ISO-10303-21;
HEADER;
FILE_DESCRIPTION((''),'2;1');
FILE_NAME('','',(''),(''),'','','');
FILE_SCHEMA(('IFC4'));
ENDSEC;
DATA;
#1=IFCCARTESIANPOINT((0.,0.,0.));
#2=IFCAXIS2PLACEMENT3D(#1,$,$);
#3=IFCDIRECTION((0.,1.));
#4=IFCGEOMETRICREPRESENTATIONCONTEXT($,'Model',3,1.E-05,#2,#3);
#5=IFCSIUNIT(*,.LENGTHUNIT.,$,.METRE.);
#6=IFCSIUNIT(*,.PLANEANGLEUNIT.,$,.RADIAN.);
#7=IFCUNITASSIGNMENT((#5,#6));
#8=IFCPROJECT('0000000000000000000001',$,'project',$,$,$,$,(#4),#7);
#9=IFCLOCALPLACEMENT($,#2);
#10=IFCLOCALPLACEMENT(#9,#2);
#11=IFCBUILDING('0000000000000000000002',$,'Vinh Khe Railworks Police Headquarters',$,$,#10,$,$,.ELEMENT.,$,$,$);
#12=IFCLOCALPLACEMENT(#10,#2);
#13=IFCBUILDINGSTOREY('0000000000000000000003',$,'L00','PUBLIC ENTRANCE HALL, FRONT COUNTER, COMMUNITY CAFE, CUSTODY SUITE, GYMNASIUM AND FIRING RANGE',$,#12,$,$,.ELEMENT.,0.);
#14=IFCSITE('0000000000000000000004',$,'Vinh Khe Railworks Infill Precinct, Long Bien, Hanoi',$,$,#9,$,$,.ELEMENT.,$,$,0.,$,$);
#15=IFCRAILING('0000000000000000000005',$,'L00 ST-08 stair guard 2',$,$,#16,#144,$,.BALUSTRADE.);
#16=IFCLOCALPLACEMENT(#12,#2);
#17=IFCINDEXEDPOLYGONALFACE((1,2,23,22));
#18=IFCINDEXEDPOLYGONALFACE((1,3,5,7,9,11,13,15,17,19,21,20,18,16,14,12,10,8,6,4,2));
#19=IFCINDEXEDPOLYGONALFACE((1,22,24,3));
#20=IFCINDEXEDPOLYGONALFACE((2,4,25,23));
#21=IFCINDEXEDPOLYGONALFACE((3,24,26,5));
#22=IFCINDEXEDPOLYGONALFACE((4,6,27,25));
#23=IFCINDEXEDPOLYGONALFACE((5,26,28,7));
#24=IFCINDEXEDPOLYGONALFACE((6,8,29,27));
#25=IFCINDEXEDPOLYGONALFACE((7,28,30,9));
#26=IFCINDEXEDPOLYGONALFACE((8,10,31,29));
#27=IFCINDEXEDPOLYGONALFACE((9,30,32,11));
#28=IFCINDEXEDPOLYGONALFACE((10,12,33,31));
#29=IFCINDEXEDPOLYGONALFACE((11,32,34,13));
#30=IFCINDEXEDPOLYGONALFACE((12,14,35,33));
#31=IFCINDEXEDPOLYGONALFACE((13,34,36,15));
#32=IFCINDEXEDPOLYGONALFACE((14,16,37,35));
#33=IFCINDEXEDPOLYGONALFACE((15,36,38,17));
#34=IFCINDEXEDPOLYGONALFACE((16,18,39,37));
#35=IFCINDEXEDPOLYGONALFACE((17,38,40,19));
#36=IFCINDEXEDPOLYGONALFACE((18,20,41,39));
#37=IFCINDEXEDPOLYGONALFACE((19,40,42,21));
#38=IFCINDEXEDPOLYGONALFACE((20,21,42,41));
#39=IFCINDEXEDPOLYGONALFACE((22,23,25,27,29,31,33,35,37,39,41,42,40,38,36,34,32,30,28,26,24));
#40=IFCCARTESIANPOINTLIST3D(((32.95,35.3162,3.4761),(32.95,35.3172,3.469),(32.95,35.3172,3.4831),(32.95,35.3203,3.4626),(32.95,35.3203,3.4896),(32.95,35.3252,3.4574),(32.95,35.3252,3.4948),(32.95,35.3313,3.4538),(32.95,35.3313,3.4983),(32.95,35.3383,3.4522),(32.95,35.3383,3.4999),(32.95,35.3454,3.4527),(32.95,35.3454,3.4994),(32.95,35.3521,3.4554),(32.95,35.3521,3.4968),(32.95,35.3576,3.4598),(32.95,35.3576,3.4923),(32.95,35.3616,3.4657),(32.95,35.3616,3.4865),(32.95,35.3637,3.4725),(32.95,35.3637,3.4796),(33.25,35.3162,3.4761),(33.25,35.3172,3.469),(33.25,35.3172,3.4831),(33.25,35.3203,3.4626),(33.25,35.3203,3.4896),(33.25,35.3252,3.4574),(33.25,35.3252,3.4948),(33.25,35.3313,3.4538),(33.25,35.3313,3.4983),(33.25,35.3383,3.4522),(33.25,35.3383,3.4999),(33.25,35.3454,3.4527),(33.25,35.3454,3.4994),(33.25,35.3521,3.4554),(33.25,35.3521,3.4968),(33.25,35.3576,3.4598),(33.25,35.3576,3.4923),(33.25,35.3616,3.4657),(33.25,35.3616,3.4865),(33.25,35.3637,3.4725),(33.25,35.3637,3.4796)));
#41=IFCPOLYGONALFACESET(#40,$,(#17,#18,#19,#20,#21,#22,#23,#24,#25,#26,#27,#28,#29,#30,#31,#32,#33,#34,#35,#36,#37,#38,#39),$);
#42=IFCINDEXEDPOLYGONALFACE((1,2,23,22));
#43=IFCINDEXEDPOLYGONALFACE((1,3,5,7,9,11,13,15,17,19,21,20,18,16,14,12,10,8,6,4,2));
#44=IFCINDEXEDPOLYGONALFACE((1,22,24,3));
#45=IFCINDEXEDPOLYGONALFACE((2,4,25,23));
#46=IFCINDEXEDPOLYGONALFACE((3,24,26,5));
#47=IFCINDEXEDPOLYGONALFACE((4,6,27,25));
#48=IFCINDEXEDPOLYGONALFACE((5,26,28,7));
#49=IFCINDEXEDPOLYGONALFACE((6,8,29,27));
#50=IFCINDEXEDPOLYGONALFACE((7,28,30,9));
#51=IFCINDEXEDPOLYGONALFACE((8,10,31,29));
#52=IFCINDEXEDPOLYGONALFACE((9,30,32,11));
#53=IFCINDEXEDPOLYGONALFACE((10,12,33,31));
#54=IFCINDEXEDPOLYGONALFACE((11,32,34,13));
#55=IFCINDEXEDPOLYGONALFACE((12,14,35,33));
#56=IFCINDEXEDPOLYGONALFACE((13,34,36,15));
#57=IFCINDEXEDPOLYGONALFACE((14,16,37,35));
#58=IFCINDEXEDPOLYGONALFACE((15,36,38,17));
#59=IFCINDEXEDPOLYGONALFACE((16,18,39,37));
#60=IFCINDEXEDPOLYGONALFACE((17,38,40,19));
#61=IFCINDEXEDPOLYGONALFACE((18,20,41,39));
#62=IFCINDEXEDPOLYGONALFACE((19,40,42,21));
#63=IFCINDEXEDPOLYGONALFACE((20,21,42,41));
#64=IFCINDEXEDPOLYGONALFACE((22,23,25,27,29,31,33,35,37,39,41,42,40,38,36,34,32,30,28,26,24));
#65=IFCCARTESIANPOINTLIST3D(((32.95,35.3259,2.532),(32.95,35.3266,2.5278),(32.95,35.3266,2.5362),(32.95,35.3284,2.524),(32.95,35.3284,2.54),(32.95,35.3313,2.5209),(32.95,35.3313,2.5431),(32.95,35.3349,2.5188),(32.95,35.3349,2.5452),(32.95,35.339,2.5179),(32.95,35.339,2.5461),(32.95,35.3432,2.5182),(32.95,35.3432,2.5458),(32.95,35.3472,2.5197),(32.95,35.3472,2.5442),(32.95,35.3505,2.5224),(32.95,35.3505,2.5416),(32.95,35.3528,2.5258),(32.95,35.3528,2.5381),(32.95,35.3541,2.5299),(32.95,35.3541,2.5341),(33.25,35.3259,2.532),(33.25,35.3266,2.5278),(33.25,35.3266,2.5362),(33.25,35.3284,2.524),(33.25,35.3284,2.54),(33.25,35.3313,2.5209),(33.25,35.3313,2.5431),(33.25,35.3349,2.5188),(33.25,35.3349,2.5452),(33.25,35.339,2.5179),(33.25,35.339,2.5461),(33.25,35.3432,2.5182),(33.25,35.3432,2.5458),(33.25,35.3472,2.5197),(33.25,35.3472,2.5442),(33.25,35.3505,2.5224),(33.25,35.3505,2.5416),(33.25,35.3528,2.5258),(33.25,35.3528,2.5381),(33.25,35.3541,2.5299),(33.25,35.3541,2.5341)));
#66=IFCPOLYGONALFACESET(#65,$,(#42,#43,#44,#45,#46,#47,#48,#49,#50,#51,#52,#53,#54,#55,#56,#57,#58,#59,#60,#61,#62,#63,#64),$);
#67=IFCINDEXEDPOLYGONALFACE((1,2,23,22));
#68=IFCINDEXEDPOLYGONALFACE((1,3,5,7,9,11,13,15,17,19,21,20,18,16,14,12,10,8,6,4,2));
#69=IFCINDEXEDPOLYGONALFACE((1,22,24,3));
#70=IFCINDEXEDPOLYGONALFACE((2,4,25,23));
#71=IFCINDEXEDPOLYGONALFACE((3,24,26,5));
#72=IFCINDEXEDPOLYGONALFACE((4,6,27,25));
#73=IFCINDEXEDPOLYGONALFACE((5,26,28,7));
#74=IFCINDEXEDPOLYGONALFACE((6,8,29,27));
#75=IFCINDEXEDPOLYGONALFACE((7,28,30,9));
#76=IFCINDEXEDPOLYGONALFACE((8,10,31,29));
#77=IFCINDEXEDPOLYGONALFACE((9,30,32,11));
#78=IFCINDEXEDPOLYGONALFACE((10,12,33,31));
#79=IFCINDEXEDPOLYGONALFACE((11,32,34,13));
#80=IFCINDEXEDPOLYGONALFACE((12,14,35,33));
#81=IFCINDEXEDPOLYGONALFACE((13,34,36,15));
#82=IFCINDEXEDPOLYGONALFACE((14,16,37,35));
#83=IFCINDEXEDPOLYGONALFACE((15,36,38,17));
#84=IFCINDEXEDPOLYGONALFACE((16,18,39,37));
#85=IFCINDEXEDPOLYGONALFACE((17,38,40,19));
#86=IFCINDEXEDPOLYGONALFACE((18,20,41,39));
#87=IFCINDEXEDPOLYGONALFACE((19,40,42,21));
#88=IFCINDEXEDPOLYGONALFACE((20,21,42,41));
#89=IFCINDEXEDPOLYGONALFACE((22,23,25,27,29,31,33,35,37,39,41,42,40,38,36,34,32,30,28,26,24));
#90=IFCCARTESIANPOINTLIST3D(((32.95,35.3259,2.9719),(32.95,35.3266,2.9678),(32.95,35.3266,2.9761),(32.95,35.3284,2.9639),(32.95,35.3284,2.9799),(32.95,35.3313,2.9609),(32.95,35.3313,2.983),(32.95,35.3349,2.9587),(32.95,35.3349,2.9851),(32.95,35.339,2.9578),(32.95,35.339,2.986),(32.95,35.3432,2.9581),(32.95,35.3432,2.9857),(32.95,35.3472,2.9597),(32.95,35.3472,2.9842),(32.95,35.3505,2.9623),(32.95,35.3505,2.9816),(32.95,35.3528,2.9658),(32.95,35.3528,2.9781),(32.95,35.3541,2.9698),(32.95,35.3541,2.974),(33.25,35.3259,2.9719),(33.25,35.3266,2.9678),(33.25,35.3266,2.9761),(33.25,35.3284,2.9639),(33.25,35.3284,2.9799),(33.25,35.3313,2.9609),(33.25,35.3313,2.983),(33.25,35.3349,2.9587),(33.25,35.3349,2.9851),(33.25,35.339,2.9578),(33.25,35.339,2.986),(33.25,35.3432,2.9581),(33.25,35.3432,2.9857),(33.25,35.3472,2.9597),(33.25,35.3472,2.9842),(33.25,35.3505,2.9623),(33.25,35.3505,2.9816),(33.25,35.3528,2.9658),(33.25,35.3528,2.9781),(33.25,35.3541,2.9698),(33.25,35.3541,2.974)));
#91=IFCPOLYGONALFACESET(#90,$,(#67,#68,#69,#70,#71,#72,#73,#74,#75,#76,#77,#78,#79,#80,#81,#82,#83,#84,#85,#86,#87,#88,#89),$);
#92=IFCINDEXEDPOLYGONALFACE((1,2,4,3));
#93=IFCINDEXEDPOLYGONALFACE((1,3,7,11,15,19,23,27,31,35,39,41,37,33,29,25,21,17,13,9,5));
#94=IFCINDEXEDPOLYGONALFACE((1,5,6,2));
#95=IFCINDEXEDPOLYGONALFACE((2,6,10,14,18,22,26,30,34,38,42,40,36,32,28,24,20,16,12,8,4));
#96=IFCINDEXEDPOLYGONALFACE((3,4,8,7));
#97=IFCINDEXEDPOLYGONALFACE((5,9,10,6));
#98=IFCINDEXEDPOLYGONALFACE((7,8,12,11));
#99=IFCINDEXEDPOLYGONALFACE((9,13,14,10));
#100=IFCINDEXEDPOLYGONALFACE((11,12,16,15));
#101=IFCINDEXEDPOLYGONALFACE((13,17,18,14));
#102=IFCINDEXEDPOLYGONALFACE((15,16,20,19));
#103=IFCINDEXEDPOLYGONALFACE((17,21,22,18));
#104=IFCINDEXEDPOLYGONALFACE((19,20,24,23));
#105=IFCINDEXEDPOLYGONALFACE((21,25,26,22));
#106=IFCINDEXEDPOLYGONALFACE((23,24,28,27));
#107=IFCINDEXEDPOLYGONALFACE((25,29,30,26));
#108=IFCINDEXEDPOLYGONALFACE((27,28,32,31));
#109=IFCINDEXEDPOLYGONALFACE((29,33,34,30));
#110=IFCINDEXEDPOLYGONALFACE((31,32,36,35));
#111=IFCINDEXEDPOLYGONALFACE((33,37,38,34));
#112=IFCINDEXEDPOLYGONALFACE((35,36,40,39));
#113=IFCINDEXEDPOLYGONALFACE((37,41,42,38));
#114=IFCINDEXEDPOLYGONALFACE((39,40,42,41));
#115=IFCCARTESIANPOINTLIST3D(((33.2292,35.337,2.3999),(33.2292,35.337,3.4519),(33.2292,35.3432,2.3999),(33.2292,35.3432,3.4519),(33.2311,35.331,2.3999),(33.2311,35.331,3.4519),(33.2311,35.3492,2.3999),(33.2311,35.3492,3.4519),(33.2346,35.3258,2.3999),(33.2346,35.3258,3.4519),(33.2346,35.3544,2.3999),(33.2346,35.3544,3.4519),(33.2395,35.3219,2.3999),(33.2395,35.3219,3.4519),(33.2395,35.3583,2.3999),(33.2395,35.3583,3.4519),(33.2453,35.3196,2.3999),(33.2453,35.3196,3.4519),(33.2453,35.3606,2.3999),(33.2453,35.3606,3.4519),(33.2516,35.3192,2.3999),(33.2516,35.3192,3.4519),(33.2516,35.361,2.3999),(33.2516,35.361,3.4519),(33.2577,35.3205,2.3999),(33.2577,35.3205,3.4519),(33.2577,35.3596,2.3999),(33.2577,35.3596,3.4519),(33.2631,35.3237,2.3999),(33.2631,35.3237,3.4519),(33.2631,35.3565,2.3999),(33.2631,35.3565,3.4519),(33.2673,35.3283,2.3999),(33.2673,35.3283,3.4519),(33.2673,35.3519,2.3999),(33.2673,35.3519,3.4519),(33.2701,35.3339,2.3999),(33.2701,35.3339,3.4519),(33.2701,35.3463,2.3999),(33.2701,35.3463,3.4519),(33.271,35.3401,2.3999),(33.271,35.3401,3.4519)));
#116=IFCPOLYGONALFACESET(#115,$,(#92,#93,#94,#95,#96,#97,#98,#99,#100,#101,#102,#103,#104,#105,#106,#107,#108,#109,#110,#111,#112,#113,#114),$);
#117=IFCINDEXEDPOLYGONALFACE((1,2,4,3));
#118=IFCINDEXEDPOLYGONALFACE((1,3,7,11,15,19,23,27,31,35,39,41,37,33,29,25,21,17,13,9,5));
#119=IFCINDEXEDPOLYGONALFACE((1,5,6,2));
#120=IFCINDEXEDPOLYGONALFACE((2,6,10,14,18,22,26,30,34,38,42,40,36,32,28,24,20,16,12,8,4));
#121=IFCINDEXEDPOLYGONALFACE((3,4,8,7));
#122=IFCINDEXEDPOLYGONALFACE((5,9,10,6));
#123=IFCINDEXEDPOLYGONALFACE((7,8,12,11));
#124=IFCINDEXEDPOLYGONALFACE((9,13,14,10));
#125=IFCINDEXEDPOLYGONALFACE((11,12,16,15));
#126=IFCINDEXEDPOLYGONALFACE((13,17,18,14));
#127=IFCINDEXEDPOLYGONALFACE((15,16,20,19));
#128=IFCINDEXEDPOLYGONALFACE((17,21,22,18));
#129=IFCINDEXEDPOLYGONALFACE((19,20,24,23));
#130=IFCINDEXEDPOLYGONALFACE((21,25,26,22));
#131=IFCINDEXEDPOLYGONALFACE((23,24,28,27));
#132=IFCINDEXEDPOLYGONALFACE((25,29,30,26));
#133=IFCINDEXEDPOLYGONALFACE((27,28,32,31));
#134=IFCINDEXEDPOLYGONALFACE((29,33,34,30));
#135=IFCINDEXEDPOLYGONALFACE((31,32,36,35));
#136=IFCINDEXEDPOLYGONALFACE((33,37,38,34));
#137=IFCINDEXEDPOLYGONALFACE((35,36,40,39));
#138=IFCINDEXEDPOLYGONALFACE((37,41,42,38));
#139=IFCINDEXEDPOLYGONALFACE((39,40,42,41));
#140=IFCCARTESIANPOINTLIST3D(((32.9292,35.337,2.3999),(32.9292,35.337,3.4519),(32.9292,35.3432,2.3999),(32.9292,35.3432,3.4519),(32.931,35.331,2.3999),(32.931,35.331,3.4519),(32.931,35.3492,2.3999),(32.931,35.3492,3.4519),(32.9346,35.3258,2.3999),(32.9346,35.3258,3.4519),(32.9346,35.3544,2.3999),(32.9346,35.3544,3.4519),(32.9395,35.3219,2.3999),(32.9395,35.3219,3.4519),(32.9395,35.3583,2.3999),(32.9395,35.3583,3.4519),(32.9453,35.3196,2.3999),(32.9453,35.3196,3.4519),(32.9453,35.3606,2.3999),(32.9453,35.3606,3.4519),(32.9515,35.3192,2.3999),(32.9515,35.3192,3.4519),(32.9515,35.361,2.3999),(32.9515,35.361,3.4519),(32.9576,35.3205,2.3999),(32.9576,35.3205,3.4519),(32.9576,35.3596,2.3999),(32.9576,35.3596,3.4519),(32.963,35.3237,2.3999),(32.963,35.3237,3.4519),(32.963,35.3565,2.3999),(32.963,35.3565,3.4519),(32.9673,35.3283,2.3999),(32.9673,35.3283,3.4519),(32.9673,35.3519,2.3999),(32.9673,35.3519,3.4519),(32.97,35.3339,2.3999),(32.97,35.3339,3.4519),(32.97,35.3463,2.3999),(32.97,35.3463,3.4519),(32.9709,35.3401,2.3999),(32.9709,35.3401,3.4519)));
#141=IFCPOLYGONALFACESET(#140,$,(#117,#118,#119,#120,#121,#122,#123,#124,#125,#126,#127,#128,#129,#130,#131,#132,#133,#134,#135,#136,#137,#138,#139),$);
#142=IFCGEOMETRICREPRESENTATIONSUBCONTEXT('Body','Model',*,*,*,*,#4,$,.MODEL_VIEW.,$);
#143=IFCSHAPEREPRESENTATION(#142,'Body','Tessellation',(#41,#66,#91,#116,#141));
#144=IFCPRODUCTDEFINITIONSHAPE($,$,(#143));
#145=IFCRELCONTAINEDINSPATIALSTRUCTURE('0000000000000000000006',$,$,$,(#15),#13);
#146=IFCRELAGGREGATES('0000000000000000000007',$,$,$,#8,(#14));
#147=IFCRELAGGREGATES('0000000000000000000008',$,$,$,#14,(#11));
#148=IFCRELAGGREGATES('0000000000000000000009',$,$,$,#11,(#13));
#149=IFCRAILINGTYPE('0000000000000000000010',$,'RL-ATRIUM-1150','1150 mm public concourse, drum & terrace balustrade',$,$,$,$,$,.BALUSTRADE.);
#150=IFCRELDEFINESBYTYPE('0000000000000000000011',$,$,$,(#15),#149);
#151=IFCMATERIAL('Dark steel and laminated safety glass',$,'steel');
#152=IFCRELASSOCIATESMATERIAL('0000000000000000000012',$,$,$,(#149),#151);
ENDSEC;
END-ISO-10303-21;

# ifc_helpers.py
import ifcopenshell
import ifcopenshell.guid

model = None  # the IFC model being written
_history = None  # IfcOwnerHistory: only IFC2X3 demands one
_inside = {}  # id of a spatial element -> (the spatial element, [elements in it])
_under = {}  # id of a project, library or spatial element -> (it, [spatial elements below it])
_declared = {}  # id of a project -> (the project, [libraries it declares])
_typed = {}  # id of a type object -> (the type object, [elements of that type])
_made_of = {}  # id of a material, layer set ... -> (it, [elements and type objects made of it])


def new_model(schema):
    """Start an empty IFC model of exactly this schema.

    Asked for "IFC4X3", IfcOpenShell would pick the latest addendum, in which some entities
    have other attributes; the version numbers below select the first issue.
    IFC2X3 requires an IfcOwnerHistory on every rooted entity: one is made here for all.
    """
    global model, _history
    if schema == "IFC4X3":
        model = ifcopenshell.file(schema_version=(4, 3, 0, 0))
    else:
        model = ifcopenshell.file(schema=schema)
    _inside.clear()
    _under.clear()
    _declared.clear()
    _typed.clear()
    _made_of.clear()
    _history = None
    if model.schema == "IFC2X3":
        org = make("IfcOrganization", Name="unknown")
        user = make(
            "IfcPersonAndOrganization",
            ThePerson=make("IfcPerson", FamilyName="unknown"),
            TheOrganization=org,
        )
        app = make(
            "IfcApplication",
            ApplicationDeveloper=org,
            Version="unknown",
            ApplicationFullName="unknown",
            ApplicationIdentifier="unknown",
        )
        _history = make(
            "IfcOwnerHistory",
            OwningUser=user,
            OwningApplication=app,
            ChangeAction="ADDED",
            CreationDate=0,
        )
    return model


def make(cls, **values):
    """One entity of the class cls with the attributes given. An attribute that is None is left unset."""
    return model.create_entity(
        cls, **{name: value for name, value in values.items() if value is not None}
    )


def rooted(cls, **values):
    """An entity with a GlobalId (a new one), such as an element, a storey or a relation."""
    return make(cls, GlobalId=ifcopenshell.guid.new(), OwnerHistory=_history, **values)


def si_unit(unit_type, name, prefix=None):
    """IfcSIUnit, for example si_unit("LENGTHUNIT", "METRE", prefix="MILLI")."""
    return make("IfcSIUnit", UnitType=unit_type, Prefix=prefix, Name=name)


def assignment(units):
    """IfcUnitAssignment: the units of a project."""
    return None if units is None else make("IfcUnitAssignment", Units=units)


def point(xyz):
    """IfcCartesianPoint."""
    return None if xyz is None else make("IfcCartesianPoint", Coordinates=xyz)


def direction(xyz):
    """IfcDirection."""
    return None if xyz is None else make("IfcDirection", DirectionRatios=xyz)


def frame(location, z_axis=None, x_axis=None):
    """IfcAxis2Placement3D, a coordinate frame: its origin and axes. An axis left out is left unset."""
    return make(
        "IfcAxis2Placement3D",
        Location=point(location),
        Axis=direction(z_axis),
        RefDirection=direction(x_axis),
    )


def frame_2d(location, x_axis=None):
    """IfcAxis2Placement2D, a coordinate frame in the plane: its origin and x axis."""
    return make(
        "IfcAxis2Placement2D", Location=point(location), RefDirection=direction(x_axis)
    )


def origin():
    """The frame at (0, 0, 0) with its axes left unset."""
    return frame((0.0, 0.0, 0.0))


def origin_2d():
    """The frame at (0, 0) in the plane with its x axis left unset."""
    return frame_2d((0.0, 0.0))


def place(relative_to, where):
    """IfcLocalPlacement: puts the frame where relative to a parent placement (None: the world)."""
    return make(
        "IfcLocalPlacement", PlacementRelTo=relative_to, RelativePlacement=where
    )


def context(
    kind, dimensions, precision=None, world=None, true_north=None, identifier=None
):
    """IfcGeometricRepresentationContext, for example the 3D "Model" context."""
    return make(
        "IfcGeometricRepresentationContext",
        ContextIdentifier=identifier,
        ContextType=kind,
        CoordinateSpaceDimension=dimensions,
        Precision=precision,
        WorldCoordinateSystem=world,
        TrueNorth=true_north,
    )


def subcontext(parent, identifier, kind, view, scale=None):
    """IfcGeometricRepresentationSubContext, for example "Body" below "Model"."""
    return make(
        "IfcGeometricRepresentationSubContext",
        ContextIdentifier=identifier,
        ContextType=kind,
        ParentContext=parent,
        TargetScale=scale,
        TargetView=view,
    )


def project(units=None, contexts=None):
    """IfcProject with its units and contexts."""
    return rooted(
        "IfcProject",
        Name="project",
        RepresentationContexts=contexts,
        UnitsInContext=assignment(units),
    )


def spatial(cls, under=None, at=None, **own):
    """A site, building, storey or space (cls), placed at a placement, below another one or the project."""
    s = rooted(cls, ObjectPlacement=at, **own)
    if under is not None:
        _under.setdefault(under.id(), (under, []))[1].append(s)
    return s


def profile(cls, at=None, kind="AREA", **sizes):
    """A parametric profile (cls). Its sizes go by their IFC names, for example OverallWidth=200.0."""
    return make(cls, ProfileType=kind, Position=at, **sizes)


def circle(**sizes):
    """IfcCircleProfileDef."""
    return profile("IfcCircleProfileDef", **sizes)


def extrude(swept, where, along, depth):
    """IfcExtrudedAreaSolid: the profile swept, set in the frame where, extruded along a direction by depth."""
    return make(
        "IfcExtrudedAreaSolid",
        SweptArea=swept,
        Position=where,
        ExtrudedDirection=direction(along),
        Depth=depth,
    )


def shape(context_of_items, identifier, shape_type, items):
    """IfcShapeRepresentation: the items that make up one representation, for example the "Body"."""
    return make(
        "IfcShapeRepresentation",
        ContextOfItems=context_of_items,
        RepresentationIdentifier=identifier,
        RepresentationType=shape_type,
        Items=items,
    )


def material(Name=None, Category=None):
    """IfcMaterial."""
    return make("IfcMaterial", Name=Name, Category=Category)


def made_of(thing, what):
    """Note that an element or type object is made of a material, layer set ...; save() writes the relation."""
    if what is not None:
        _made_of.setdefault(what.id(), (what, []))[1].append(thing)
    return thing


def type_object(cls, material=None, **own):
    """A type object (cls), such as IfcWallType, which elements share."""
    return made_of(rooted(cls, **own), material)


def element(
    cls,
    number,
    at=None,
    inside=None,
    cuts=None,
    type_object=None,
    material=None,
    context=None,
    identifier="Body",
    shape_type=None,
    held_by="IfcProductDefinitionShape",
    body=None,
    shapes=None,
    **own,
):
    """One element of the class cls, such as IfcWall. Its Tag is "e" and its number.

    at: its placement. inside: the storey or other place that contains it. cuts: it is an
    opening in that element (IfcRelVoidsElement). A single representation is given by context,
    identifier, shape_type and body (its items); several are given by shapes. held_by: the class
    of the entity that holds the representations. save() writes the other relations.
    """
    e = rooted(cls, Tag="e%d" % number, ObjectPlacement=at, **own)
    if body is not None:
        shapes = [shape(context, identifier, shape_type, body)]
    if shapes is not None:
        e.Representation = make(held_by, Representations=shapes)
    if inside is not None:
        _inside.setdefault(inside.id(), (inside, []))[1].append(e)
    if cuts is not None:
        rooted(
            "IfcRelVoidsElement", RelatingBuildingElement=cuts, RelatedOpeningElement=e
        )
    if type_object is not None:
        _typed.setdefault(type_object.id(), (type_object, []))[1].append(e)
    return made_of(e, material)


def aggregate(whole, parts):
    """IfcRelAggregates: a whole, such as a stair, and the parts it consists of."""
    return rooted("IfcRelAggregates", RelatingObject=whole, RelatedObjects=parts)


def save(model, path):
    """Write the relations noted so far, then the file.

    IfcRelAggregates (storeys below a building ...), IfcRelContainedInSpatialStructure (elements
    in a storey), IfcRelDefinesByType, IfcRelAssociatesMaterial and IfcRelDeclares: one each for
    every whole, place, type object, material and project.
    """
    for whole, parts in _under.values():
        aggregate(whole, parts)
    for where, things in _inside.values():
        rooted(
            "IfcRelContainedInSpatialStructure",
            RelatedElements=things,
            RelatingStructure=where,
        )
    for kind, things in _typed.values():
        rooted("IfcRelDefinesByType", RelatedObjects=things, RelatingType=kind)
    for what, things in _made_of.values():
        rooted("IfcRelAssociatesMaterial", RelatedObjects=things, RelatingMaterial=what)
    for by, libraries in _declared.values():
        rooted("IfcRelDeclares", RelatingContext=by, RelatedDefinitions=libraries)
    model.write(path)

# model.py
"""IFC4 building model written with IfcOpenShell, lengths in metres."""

from ifc_helpers import new_model, si_unit, direction, frame, origin, origin_2d, place, context, subcontext, project, spatial, circle, extrude, material, type_object, element, save


model = new_model("IFC4")

# Units and contexts
model_context = context("Model", 3, precision=1e-05, world=origin(), true_north=direction((0.0, 1.0)))
body_context = subcontext(model_context, "Body", "Model", "MODEL_VIEW")
ifc_project = project(units=[si_unit("LENGTHUNIT", "METRE"), si_unit("PLANEANGLEUNIT", "RADIAN")], contexts=[model_context])

# Site, building, storey
site_placement = place(None, origin())
site = spatial("IfcSite", under=ifc_project, at=site_placement, Name="Vinh Khe Railworks Infill Precinct, Long Bien, Hanoi", CompositionType="ELEMENT", RefElevation=0.0)
building_placement = place(site_placement, origin())
building = spatial("IfcBuilding", under=site, at=building_placement, Name="Vinh Khe Railworks Police Headquarters", CompositionType="ELEMENT")
storey_placement = place(building_placement, origin())
storey = spatial("IfcBuildingStorey", under=building, at=storey_placement, Name="L00", Description="PUBLIC ENTRANCE HALL, FRONT COUNTER, COMMUNITY CAFE, CUSTODY SUITE, GYMNASIUM AND FIRING RANGE", CompositionType="ELEMENT", Elevation=0.0)

# Railing
ifc_material_1 = material(Name="Dark steel and laminated safety glass", Category="steel")
railing_type = type_object("IfcRailingType", Name="RL-ATRIUM-1150", Description="1150 mm public concourse, drum & terrace balustrade", PredefinedType="BALUSTRADE", material=ifc_material_1)
railing_placement = place(storey_placement, frame((33.25, 35.3401, 2.3999)))
element("IfcRailing", 1, at=railing_placement, inside=storey, type_object=railing_type, Name="L00 ST-08 stair guard 2", PredefinedType="BALUSTRADE", context=body_context, shape_type="SweptSolid", body=[
    extrude(circle(Radius=0.0239, at=origin_2d()), frame((0.0, 0.0, 1.0762), z_axis=(-1.0, 0.0, 0.0), x_axis=(0.0, -1.0, 0.0)), (0.0, 0.0, 1.0), 0.3),
    extrude(circle(Radius=0.0142, at=origin_2d()), frame((0.0, 0.0, 0.1321), z_axis=(-1.0, 0.0, 0.0), x_axis=(0.0, -1.0, 0.0)), (0.0, 0.0, 1.0), 0.3),
    extrude(circle(Radius=0.0142, at=origin_2d()), frame((0.0, 0.0, 0.572), z_axis=(-1.0, 0.0, 0.0), x_axis=(0.0, -1.0, 0.0)), (0.0, 0.0, 1.0), 0.3),
    extrude(circle(Radius=0.021, at=origin_2d()), origin(), (0.0, 0.0, 1.0), 1.052),
    extrude(circle(Radius=0.021, at=origin_2d()), frame((-0.3, 0.0, 0.0)), (0.0, 0.0, 1.0), 1.052),
])

save(model, "model.ifc")
